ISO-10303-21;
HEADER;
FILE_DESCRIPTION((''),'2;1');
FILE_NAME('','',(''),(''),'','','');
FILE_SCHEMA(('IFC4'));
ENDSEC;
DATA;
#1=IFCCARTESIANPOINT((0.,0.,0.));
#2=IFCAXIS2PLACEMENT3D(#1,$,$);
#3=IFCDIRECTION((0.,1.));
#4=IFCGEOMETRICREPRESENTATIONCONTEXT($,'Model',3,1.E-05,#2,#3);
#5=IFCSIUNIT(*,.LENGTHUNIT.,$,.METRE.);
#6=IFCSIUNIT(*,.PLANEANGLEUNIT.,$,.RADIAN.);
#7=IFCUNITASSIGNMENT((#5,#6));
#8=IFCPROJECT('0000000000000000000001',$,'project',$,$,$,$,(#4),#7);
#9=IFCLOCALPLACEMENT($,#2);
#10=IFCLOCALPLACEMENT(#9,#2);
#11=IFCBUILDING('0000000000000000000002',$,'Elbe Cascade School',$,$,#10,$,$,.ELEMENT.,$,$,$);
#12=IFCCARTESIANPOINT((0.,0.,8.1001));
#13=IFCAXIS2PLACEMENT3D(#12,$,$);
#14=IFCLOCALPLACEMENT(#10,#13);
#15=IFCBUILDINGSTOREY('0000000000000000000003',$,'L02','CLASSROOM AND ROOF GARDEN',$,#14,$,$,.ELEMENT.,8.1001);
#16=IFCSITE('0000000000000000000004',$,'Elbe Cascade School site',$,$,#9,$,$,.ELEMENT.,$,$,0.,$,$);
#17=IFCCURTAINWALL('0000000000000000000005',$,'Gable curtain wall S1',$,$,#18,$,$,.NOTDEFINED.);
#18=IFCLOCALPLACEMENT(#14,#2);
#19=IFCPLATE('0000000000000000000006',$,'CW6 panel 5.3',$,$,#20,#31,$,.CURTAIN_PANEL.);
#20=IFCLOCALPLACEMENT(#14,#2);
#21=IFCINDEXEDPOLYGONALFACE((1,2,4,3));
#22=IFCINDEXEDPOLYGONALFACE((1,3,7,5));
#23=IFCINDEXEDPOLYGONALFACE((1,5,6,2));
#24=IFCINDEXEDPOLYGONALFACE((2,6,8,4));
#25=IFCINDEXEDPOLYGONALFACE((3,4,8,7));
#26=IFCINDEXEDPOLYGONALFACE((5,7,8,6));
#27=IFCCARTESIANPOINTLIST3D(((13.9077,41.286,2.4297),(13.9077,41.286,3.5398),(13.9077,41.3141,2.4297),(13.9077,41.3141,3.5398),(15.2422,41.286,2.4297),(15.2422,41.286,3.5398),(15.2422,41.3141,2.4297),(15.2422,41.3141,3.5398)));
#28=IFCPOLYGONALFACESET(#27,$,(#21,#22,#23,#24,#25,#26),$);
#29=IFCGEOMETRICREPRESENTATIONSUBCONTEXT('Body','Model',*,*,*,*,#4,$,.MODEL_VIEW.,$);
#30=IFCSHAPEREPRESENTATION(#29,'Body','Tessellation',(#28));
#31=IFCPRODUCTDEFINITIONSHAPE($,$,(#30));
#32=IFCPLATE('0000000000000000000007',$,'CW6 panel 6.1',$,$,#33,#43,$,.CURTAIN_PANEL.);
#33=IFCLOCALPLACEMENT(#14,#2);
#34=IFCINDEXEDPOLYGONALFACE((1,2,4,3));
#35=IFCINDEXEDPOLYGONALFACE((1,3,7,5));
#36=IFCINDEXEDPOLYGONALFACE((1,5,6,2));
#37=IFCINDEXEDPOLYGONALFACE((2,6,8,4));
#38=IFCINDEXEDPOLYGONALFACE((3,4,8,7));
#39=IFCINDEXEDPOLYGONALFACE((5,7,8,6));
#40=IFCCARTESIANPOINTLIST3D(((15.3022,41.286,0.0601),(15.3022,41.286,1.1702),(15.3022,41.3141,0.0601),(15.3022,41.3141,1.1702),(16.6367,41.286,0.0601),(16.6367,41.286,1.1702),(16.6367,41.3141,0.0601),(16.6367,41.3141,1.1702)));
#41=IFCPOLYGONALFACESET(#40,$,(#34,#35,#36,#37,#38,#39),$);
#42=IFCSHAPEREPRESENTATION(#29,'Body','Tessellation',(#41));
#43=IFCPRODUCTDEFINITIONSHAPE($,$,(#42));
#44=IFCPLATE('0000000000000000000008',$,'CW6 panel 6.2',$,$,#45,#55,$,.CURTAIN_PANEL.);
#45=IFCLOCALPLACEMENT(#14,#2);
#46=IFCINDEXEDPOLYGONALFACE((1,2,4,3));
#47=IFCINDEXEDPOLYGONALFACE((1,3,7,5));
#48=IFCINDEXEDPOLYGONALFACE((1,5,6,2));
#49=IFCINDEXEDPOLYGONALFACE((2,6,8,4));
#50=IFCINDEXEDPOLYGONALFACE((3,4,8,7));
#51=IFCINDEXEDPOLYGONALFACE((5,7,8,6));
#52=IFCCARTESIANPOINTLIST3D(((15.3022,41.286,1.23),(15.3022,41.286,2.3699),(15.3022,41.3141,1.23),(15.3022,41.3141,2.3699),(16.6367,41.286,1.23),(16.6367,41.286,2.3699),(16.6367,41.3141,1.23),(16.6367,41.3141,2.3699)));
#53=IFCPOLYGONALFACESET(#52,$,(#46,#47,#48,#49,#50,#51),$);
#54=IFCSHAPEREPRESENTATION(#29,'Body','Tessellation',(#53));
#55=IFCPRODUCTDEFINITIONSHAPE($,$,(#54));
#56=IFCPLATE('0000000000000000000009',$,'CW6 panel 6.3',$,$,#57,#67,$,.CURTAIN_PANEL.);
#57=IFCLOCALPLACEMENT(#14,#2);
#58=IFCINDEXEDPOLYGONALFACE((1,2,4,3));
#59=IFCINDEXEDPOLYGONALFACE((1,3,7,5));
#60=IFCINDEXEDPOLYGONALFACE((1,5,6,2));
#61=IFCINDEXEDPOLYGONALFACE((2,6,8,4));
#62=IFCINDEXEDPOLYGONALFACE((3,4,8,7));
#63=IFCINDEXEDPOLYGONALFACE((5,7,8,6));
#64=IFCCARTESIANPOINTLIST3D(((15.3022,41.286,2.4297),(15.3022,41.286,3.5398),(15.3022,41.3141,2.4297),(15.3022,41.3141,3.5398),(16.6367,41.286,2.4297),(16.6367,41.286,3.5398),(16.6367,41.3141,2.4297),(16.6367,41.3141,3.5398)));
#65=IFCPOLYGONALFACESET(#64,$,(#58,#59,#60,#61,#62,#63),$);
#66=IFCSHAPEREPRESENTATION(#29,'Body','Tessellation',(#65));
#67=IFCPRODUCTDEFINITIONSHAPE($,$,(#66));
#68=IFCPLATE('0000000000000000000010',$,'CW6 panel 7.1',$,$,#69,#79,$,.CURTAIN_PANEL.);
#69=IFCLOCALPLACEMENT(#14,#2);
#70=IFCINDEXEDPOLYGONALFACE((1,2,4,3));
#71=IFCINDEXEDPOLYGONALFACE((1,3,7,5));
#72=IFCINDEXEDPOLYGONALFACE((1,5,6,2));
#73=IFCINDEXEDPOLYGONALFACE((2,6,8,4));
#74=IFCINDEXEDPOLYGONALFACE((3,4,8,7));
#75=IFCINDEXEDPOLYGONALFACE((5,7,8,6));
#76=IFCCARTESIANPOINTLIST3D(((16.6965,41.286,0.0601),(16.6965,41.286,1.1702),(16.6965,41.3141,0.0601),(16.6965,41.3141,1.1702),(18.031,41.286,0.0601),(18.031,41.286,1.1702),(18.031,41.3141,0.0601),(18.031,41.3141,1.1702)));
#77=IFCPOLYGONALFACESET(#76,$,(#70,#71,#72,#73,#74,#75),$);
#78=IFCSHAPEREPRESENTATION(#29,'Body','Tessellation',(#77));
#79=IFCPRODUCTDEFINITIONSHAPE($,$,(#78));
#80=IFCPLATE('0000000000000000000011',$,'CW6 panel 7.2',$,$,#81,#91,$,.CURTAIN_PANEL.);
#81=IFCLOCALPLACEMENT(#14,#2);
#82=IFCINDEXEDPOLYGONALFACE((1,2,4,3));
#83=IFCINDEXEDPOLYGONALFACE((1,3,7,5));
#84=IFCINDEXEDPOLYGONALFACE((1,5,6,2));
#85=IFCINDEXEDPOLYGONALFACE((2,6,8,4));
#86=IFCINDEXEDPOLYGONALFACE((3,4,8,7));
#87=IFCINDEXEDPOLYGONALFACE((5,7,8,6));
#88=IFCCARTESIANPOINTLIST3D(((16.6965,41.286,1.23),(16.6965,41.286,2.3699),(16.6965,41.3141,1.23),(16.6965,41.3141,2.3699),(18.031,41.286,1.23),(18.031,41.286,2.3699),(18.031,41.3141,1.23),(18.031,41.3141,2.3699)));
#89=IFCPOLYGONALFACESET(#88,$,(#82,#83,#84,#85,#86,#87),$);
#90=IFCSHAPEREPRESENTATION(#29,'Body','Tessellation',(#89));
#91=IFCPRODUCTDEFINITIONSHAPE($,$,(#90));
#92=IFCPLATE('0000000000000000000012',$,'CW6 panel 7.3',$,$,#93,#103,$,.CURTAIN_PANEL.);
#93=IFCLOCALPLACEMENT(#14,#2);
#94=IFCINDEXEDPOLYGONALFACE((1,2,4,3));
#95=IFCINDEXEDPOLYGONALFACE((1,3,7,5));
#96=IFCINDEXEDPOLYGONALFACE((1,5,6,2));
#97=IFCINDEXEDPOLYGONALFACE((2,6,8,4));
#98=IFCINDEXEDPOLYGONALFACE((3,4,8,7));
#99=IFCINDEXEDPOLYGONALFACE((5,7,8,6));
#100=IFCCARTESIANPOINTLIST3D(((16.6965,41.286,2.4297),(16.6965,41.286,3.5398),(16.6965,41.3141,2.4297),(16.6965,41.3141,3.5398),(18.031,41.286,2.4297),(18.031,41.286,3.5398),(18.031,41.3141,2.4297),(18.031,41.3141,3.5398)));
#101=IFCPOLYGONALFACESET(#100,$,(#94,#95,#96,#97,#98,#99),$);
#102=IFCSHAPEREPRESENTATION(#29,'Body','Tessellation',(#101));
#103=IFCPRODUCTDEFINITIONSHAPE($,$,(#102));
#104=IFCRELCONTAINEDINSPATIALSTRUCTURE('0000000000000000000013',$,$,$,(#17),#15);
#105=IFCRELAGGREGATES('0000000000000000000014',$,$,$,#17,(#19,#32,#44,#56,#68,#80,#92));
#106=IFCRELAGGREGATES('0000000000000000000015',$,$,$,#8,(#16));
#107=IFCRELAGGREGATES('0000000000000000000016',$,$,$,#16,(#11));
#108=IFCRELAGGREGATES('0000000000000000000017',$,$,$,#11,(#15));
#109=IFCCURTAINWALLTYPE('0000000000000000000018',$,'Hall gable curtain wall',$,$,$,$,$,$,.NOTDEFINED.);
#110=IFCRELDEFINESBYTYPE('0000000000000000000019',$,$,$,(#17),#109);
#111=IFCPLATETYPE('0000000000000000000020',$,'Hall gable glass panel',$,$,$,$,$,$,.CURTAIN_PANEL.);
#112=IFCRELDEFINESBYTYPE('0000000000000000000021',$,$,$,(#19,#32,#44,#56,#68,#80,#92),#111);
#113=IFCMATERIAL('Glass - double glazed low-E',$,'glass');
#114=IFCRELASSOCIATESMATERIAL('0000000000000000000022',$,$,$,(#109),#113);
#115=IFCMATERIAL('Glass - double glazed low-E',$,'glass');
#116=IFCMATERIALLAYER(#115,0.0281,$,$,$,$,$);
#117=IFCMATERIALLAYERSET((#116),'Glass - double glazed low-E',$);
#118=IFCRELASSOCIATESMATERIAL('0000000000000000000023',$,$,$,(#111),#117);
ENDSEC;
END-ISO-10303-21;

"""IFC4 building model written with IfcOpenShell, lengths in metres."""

from ifc_helpers import new_model, si_unit, direction, frame, origin, origin_2d, place, context, subcontext, project, spatial, rectangle, extrude, material, layer, layer_set, type_object, element, aggregate, save


model = new_model("IFC4")

# Units and contexts
model_context = context("Model", 3, precision=1e-05, world=origin(), true_north=direction((0.0, 1.0)))
body_context = subcontext(model_context, "Body", "Model", "MODEL_VIEW")
ifc_project = project(units=[si_unit("LENGTHUNIT", "METRE"), si_unit("PLANEANGLEUNIT", "RADIAN")], contexts=[model_context])

# Site, building, storey
site_placement = place(None, origin())
site = spatial("IfcSite", under=ifc_project, at=site_placement, Name="Elbe Cascade School site", CompositionType="ELEMENT", RefElevation=0.0)
building_placement = place(site_placement, origin())
building = spatial("IfcBuilding", under=site, at=building_placement, Name="Elbe Cascade School", CompositionType="ELEMENT")
storey_placement = place(building_placement, frame((0.0, 0.0, 8.1001)))
storey = spatial("IfcBuildingStorey", under=building, at=storey_placement, Name="L02", Description="CLASSROOM AND ROOF GARDEN", CompositionType="ELEMENT", Elevation=8.1001)

# Curtain wall, plates
ifc_material_1 = material(Name="Glass - double glazed low-E", Category="glass")
curtain_wall_type = type_object("IfcCurtainWallType", Name="Hall gable curtain wall", PredefinedType="NOTDEFINED", material=ifc_material_1)
curtain_wall_placement = place(storey_placement, origin())
curtain_wall = element("IfcCurtainWall", 1, at=curtain_wall_placement, inside=storey, type_object=curtain_wall_type, Name="Gable curtain wall S1", PredefinedType="NOTDEFINED")
ifc_material_2 = material(Name="Glass - double glazed low-E", Category="glass")
ifc_layer = layer(ifc_material_2, 0.0281)
ifc_layer_set = layer_set([ifc_layer], Name="Glass - double glazed low-E")
plate_type = type_object("IfcPlateType", Name="Hall gable glass panel", PredefinedType="CURTAIN_PANEL", material=ifc_layer_set)
plate_1_placement = place(storey_placement, frame((14.575, 41.3, 2.4297), z_axis=(0.0, 0.0, 1.0), x_axis=(1.0, 0.0, 0.0)))
plate_1 = element("IfcPlate", 2, at=plate_1_placement, type_object=plate_type, Name="CW6 panel 5.3", PredefinedType="CURTAIN_PANEL", context=body_context, shape_type="SweptSolid", body=[
    extrude(rectangle(XDim=1.3345, YDim=0.0281, at=origin_2d()), origin(), (0.0, 0.0, 1.0), 1.1101),
])
plate_2_placement = place(storey_placement, frame((15.9695, 41.3, 0.0601), z_axis=(0.0, 0.0, 1.0), x_axis=(1.0, 0.0, 0.0)))
plate_2 = element("IfcPlate", 3, at=plate_2_placement, type_object=plate_type, Name="CW6 panel 6.1", PredefinedType="CURTAIN_PANEL", context=body_context, shape_type="SweptSolid", body=[
    extrude(rectangle(XDim=1.3345, YDim=0.0281, at=origin_2d()), origin(), (0.0, 0.0, 1.0), 1.1101),
])
plate_3_placement = place(storey_placement, frame((15.9695, 41.3, 1.23), z_axis=(0.0, 0.0, 1.0), x_axis=(1.0, 0.0, 0.0)))
plate_3 = element("IfcPlate", 4, at=plate_3_placement, type_object=plate_type, Name="CW6 panel 6.2", PredefinedType="CURTAIN_PANEL", context=body_context, shape_type="SweptSolid", body=[
    extrude(rectangle(XDim=1.3345, YDim=0.0281, at=origin_2d()), origin(), (0.0, 0.0, 1.0), 1.1399),
])
plate_4_placement = place(storey_placement, frame((15.9695, 41.3, 2.4297), z_axis=(0.0, 0.0, 1.0), x_axis=(1.0, 0.0, 0.0)))
plate_4 = element("IfcPlate", 5, at=plate_4_placement, type_object=plate_type, Name="CW6 panel 6.3", PredefinedType="CURTAIN_PANEL", context=body_context, shape_type="SweptSolid", body=[
    extrude(rectangle(XDim=1.3345, YDim=0.0281, at=origin_2d()), origin(), (0.0, 0.0, 1.0), 1.1101),
])
plate_5_placement = place(storey_placement, frame((17.3638, 41.3, 0.0601), z_axis=(0.0, 0.0, 1.0), x_axis=(1.0, 0.0, 0.0)))
plate_5 = element("IfcPlate", 6, at=plate_5_placement, type_object=plate_type, Name="CW6 panel 7.1", PredefinedType="CURTAIN_PANEL", context=body_context, shape_type="SweptSolid", body=[
    extrude(rectangle(XDim=1.3345, YDim=0.0281, at=origin_2d()), origin(), (0.0, 0.0, 1.0), 1.1101),
])
plate_6_placement = place(storey_placement, frame((17.3638, 41.3, 1.23), z_axis=(0.0, 0.0, 1.0), x_axis=(1.0, 0.0, 0.0)))
plate_6 = element("IfcPlate", 7, at=plate_6_placement, type_object=plate_type, Name="CW6 panel 7.2", PredefinedType="CURTAIN_PANEL", context=body_context, shape_type="SweptSolid", body=[
    extrude(rectangle(XDim=1.3345, YDim=0.0281, at=origin_2d()), origin(), (0.0, 0.0, 1.0), 1.1399),
])
plate_7_placement = place(storey_placement, frame((17.3638, 41.3, 2.4297), z_axis=(0.0, 0.0, 1.0), x_axis=(1.0, 0.0, 0.0)))
plate_7 = element("IfcPlate", 8, at=plate_7_placement, type_object=plate_type, Name="CW6 panel 7.3", PredefinedType="CURTAIN_PANEL", context=body_context, shape_type="SweptSolid", body=[
    extrude(rectangle(XDim=1.3345, YDim=0.0281, at=origin_2d()), origin(), (0.0, 0.0, 1.0), 1.1101),
])
aggregate(curtain_wall, [plate_1, plate_2, plate_3, plate_4, plate_5, plate_6, plate_7])

save(model, "model.ifc")
